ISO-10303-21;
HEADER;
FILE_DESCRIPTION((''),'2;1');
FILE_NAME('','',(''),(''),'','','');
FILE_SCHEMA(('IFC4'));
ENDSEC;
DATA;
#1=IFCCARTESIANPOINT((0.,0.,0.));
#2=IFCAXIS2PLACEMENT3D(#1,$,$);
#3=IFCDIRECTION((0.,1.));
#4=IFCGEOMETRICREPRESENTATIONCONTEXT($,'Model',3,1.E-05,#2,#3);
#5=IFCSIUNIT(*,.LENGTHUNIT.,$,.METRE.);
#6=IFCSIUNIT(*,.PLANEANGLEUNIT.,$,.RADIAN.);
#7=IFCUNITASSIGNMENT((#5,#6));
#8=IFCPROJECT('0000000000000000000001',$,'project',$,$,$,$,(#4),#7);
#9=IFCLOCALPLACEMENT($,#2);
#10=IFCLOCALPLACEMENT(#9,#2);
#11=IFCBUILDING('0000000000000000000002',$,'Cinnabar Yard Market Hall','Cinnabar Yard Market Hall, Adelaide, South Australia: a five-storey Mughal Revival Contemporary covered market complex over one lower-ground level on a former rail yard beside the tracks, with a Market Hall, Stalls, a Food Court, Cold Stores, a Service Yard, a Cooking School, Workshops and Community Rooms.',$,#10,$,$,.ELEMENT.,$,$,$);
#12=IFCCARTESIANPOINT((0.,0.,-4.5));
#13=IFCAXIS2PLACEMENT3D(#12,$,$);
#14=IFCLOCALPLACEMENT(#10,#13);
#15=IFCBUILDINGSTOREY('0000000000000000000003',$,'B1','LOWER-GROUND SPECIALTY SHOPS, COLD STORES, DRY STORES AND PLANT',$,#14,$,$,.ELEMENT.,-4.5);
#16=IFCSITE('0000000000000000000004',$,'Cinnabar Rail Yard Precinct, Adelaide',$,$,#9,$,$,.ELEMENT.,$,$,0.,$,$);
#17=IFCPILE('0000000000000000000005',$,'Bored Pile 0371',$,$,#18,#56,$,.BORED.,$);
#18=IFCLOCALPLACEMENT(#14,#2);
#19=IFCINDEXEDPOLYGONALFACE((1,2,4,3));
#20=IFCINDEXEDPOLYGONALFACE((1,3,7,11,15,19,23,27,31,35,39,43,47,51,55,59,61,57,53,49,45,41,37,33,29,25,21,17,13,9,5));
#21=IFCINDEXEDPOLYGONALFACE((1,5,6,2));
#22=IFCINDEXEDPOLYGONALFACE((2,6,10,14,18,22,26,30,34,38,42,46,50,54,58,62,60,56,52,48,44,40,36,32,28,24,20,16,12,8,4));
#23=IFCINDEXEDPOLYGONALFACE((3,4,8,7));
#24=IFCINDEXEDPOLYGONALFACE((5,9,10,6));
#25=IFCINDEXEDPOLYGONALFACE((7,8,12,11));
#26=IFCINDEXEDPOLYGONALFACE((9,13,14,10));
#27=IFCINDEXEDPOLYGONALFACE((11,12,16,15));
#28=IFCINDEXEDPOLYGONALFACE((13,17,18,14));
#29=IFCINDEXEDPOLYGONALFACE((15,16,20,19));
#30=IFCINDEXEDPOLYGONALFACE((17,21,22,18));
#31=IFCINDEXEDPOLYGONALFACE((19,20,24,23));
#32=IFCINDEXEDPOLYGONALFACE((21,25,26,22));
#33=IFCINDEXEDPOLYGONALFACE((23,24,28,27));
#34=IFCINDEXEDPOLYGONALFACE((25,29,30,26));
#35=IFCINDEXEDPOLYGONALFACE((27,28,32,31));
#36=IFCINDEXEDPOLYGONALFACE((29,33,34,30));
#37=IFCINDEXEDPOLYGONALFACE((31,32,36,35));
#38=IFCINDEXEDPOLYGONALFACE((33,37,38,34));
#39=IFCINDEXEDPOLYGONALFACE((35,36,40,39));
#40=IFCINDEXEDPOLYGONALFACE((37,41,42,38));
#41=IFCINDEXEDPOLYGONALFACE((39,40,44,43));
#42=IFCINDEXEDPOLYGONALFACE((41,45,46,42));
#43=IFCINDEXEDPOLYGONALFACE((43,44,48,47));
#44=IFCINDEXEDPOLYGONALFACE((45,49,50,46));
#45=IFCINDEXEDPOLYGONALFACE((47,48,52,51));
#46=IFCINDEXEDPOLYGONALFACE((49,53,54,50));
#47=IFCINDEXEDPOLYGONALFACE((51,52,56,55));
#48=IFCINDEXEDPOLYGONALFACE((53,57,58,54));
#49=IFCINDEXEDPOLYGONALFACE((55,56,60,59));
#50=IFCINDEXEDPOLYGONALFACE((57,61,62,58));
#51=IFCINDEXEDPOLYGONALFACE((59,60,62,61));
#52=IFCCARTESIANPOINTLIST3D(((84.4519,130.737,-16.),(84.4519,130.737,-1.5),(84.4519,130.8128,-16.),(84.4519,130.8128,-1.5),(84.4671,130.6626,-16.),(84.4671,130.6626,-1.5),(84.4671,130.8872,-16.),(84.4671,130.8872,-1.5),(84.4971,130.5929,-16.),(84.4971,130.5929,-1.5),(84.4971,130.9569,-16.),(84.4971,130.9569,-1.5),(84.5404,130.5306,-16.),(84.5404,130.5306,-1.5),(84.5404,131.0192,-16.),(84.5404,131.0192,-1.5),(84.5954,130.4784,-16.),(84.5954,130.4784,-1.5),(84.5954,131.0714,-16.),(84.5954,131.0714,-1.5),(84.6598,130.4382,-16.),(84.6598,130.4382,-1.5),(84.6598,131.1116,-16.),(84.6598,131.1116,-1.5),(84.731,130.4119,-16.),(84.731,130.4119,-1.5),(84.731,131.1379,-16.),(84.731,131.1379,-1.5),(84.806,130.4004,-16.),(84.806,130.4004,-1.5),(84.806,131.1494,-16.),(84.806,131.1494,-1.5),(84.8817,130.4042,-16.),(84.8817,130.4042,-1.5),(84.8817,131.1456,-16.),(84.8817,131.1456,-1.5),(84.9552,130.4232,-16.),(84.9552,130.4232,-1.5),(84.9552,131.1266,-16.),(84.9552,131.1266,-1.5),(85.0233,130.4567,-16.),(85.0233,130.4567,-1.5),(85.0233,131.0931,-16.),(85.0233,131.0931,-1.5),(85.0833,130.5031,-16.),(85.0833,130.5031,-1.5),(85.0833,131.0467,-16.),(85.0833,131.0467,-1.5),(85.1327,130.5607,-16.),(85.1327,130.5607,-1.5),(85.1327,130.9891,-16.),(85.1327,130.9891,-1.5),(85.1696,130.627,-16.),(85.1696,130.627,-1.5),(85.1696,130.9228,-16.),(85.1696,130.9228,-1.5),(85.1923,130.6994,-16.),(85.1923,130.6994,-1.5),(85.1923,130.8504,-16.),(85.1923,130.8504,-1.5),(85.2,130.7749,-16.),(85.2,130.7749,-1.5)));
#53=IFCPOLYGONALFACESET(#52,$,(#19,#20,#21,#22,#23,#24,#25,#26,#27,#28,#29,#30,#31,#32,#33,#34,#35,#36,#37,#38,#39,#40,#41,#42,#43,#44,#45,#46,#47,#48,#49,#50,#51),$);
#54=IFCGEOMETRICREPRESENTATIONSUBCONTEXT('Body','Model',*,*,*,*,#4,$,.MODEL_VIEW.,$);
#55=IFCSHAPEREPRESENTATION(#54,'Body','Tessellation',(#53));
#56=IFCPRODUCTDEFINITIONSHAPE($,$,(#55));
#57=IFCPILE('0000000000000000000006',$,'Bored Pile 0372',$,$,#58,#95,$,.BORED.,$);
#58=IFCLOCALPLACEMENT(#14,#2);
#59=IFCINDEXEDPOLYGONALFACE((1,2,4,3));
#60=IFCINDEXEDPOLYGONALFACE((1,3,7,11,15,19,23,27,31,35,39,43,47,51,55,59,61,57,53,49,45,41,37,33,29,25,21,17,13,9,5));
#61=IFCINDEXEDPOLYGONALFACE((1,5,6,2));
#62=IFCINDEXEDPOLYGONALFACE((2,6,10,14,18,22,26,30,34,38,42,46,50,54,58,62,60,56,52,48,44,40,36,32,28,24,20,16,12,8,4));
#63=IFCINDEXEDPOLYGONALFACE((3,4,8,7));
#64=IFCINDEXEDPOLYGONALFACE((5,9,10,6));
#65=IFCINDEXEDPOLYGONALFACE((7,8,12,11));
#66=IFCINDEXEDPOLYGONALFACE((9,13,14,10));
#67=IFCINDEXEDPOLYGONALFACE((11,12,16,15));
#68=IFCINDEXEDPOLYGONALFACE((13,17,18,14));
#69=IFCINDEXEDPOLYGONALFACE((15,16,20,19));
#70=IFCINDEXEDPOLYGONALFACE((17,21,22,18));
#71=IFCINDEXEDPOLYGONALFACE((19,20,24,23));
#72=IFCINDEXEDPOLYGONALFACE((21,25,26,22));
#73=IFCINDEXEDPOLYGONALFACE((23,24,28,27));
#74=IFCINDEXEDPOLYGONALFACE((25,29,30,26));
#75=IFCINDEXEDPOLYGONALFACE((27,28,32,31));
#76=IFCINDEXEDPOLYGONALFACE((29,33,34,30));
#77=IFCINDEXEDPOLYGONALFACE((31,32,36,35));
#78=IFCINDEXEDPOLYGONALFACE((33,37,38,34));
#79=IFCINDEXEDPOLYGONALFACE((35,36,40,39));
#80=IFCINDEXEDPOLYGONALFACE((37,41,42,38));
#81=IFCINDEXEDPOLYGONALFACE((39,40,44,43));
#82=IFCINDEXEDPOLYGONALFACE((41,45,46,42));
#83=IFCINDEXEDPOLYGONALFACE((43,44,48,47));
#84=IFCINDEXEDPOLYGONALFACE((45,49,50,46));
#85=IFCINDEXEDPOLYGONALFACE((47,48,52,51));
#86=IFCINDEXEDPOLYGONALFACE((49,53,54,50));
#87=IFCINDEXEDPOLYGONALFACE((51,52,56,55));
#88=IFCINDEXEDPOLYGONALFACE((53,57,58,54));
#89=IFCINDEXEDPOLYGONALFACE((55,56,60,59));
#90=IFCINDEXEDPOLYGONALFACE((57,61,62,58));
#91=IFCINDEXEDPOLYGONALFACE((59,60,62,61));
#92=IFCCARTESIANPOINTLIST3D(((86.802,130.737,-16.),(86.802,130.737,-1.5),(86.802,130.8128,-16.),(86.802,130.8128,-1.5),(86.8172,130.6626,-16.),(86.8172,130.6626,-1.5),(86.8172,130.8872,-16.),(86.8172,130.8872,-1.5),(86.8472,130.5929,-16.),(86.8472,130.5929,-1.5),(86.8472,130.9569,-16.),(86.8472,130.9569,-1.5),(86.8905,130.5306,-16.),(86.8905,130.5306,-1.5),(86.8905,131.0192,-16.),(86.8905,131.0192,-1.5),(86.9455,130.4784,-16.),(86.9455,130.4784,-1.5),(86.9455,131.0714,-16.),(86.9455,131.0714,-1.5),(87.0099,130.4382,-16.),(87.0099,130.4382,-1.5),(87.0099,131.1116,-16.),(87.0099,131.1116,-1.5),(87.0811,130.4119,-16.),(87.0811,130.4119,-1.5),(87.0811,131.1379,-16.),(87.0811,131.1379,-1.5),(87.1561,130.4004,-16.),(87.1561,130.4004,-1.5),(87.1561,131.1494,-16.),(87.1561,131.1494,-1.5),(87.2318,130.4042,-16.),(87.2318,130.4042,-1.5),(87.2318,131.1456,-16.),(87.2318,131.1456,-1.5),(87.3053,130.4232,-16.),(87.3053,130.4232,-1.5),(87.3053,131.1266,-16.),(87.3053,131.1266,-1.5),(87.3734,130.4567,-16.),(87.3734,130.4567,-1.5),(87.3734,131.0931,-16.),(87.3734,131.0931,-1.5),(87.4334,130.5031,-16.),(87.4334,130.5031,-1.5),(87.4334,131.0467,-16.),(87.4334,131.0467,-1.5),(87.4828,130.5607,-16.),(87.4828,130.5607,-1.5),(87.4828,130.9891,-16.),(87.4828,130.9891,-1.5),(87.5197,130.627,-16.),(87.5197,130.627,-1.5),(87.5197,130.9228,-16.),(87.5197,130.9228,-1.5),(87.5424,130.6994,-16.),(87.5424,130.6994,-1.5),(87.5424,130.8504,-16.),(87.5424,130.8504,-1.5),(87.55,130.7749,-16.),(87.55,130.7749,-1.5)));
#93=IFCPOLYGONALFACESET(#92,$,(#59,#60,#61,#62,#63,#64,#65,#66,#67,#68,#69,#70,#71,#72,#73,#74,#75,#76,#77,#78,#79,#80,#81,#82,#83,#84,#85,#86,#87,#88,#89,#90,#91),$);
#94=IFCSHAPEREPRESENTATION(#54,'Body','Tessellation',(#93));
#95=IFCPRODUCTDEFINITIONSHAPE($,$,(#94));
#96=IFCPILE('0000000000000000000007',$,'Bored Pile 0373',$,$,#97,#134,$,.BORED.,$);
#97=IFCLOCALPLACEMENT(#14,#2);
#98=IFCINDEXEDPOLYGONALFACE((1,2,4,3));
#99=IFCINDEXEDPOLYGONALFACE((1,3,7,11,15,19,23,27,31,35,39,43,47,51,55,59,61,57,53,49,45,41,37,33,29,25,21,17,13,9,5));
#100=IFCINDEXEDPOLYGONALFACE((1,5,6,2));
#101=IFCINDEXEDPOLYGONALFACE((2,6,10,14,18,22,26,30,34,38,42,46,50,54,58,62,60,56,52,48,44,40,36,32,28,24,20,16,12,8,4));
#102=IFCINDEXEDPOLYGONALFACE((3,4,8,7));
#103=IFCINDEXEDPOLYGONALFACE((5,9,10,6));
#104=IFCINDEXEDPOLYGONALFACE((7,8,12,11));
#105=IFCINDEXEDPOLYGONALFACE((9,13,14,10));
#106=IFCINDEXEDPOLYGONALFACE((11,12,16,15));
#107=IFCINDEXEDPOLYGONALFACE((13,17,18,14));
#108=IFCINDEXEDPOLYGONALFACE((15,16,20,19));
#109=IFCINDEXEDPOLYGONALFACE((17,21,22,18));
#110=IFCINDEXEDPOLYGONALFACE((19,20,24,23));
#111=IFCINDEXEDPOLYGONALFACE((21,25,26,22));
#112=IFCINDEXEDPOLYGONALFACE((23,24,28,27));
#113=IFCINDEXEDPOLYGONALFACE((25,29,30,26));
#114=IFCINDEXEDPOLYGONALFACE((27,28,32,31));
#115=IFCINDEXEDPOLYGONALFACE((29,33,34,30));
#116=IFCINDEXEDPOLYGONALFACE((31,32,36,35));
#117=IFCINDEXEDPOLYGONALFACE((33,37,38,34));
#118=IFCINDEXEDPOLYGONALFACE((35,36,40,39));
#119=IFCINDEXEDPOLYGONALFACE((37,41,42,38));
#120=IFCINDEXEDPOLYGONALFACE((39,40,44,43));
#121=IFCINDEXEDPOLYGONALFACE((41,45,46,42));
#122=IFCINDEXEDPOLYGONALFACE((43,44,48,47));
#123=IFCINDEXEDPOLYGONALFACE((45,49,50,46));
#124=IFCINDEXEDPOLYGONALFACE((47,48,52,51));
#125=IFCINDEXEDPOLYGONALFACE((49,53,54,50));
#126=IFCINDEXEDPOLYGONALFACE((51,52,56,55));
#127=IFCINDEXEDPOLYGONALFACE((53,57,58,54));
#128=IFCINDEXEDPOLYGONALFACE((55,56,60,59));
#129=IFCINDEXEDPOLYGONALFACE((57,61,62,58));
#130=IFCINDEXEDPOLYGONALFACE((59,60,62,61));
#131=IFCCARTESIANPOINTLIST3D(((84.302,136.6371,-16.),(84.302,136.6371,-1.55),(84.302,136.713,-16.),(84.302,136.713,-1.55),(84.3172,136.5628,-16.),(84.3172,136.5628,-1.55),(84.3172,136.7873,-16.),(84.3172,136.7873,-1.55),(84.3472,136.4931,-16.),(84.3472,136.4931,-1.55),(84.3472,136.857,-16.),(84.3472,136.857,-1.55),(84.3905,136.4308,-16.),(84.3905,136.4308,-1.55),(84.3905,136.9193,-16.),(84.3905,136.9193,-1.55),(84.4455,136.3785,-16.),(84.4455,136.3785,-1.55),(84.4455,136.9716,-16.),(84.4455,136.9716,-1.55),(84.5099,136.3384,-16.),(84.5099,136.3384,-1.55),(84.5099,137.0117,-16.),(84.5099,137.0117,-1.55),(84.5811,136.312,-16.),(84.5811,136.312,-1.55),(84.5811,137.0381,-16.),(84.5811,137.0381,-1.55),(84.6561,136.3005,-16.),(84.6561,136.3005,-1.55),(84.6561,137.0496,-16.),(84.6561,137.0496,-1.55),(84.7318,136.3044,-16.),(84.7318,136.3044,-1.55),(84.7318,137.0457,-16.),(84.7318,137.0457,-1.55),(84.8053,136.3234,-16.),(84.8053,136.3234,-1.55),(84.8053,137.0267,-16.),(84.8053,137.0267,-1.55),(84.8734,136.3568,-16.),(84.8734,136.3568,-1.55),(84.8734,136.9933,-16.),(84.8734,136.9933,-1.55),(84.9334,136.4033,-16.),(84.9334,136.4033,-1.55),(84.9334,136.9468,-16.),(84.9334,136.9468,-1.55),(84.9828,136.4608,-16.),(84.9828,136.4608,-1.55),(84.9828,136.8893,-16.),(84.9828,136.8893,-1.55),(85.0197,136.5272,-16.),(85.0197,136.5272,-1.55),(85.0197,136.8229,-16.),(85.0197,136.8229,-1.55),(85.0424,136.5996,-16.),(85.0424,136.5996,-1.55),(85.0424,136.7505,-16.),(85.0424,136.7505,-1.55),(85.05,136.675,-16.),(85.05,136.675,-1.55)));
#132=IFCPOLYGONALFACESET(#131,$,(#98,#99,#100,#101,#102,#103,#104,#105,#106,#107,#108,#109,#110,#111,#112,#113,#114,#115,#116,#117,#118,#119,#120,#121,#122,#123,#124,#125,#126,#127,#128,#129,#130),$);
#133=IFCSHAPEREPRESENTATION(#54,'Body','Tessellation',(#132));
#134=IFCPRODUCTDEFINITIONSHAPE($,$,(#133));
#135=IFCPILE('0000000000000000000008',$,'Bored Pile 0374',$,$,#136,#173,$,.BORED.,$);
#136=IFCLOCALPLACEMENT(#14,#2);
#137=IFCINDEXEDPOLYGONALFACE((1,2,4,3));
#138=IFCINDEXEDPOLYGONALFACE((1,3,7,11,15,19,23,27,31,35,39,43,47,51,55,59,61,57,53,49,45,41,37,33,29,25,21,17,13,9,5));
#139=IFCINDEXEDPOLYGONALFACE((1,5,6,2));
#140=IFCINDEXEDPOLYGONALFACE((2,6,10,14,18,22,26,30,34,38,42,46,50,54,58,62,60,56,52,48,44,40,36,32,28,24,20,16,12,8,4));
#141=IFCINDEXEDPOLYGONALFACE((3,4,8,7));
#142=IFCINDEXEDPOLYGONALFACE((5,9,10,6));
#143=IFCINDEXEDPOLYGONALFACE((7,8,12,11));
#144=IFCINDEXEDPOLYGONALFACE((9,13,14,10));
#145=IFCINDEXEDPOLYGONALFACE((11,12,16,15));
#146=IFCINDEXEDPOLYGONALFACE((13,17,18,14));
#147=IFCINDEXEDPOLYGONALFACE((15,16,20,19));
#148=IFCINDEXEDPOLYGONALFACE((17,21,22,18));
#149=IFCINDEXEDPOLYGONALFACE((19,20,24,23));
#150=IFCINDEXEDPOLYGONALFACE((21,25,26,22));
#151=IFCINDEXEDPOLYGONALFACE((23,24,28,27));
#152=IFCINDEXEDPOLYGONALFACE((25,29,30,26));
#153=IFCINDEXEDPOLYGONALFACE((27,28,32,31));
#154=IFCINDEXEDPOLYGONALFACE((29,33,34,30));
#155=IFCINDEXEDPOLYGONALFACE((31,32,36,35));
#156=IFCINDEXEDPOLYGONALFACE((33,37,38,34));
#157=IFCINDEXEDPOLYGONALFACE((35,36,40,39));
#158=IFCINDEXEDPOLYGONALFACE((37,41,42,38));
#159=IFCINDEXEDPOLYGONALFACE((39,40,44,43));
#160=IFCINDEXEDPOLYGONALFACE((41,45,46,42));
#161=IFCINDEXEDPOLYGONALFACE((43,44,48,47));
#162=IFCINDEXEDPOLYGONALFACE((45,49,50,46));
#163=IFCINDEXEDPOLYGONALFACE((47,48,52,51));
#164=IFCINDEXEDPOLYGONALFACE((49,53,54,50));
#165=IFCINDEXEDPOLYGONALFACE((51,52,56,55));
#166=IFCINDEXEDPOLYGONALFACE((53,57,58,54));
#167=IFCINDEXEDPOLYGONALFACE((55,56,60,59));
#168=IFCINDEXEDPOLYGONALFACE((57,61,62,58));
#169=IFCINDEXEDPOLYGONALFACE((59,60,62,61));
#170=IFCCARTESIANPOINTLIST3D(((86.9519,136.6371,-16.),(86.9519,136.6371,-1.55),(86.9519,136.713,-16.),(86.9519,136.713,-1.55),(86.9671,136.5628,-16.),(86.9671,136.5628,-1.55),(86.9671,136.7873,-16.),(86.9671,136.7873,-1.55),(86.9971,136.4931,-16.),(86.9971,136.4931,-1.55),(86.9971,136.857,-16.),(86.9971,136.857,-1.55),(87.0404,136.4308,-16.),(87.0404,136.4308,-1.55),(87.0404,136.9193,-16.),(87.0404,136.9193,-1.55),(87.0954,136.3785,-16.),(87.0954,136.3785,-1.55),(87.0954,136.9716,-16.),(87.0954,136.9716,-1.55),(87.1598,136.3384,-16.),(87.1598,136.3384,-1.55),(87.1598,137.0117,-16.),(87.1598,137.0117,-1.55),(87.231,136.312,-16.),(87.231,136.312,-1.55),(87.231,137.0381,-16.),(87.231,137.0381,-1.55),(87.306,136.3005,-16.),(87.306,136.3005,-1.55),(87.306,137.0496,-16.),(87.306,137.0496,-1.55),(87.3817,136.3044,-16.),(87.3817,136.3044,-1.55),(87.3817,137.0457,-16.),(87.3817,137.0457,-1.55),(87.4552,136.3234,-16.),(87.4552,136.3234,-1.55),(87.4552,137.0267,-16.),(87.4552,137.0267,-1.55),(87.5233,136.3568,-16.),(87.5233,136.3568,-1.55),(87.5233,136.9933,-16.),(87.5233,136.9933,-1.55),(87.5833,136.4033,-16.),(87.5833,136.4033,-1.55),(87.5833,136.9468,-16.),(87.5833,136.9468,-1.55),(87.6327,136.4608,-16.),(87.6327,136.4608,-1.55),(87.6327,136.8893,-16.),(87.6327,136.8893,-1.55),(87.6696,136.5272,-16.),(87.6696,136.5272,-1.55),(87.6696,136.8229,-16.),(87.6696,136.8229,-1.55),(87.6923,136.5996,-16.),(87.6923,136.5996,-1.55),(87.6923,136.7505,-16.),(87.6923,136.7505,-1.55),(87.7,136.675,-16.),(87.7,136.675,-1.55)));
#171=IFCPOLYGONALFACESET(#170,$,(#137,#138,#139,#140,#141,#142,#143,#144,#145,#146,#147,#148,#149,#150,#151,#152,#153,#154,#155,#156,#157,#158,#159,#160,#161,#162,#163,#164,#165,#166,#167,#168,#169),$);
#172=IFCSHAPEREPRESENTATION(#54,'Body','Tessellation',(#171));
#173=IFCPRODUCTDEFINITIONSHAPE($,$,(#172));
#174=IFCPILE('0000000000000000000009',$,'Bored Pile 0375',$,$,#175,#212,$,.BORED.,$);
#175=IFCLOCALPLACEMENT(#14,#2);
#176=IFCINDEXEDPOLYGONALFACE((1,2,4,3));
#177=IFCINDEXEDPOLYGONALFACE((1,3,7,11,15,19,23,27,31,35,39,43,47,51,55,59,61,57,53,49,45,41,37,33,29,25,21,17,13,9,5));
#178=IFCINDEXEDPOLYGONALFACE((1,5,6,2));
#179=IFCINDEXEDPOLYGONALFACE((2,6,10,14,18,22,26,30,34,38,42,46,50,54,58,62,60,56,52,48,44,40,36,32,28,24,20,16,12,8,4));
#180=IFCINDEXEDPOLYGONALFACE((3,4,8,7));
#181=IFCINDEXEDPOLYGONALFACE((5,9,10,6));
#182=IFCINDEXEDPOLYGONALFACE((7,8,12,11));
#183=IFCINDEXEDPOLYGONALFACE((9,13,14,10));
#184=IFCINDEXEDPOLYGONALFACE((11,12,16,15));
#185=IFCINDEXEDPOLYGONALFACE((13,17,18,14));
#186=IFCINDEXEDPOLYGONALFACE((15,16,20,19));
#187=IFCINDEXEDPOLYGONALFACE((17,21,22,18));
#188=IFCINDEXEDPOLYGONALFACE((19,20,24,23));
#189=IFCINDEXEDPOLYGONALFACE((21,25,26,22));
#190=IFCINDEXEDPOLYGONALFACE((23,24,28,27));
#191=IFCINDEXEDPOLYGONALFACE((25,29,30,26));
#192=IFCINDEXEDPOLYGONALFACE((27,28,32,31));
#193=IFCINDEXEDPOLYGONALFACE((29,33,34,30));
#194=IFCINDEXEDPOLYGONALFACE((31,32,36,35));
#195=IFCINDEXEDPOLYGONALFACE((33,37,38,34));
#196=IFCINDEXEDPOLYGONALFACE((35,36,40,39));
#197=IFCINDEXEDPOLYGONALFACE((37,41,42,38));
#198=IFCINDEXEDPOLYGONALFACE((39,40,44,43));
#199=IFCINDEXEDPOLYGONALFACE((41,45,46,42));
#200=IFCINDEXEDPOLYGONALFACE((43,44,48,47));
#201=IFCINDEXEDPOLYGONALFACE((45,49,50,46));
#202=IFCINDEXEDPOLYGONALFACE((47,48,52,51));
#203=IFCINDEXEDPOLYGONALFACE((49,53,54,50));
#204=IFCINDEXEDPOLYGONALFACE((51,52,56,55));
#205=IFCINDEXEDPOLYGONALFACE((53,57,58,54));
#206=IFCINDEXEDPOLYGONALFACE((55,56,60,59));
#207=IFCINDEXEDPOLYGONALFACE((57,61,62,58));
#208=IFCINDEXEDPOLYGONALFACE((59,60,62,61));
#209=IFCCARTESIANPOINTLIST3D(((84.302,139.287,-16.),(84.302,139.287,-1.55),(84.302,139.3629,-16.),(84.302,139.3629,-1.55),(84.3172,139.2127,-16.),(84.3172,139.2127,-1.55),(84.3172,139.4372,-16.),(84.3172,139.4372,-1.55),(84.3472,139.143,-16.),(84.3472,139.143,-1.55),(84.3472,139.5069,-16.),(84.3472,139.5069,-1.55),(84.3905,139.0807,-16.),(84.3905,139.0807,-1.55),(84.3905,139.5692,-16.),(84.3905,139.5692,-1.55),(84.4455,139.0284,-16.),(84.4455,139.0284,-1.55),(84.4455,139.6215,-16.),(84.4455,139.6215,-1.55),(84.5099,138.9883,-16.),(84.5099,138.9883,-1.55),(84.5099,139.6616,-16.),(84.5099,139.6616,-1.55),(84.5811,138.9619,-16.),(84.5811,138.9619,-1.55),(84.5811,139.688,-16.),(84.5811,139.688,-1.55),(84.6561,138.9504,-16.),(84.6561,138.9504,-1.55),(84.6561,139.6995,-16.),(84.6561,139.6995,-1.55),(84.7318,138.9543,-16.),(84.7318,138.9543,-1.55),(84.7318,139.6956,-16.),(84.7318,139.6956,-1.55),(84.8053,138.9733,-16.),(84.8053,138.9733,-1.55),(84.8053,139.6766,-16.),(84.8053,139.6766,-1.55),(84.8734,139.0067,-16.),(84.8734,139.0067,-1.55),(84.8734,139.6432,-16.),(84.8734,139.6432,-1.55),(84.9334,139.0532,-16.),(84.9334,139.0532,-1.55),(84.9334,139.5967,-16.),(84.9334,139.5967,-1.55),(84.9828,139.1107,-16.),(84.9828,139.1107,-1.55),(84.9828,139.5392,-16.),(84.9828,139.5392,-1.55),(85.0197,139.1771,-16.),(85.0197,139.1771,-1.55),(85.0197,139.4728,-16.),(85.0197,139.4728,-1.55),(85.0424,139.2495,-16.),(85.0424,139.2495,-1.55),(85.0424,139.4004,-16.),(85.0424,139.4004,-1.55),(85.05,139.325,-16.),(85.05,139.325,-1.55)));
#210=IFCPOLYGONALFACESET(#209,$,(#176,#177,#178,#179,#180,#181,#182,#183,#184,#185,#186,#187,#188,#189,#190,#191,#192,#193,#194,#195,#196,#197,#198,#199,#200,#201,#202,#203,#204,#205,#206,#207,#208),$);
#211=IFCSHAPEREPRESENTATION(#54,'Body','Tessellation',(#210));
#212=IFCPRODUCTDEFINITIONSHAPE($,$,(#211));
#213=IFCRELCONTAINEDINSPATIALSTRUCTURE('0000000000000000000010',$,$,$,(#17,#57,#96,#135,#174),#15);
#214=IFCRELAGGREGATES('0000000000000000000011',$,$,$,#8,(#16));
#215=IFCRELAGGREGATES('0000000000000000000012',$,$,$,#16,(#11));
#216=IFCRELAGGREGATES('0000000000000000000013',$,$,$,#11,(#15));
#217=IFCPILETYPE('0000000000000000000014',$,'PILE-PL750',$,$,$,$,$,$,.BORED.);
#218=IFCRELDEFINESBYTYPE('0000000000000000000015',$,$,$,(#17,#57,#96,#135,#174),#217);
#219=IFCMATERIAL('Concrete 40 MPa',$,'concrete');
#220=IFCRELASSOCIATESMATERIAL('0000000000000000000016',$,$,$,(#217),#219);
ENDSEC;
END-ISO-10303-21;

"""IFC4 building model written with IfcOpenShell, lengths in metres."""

from ifc_helpers import new_model, si_unit, direction, frame, origin, origin_2d_with_axis, place, context, subcontext, project, spatial, circle, extrude, material, material_profile, profile_set, type_object, element, save


model = new_model("IFC4")

# Units and contexts
model_context = context("Model", 3, precision=1e-05, world=origin(), true_north=direction((0.0, 1.0)))
body_context = subcontext(model_context, "Body", "Model", "MODEL_VIEW")
ifc_project = project(units=[si_unit("LENGTHUNIT", "METRE"), si_unit("PLANEANGLEUNIT", "RADIAN")], contexts=[model_context])

# Site, building, storey
site_placement = place(None, origin())
site = spatial("IfcSite", under=ifc_project, at=site_placement, Name="Cinnabar Rail Yard Precinct, Adelaide", CompositionType="ELEMENT", RefElevation=0.0)
building_placement = place(site_placement, origin())
building = spatial("IfcBuilding", under=site, at=building_placement, Name="Cinnabar Yard Market Hall", Description="Cinnabar Yard Market Hall, Adelaide, South Australia: a five-storey Mughal Revival Contemporary covered market complex over one lower-ground level on a former rail yard beside the tracks, with a Market Hall, Stalls, a Food Court, Cold Stores, a Service Yard, a Cooking School, Workshops and Community Rooms.", CompositionType="ELEMENT")
storey_placement = place(building_placement, frame((0.0, 0.0, -4.5)))
storey = spatial("IfcBuildingStorey", under=building, at=storey_placement, Name="B1", Description="LOWER-GROUND SPECIALTY SHOPS, COLD STORES, DRY STORES AND PLANT", CompositionType="ELEMENT", Elevation=-4.5)

# Shared definitions
ifc_material_1 = material(Name="Concrete 40 MPa", Category="concrete")

# Piles
ifc_material_profile_1 = material_profile(ifc_material_1, circle(Radius=0.375, at=origin_2d_with_axis()), Name="PILE-D750")
ifc_profile_set_1 = profile_set([ifc_material_profile_1], Name="Concrete 40 MPa")
pile_type_1 = type_object("IfcPileType", Name="PILE-PL750", PredefinedType="BORED", material=ifc_profile_set_1)
for number, where, z_axis, x_axis, name in (
    (1, (84.825, 130.7749, -1.5), (0.0, 0.0, -1.0), (1.0, 0.0, 0.0), "Bored Pile 0371"),
    (2, (87.175, 130.7749, -1.5), (0.0, 0.0, -1.0), (1.0, 0.0, 0.0), "Bored Pile 0372"),
):
    element("IfcPile", number, at=place(storey_placement, frame(where, z_axis=z_axis, x_axis=x_axis)), inside=storey, type_object=pile_type_1, Name=name, PredefinedType="BORED", context=body_context, shape_type="SweptSolid", body=[
        extrude(circle(Radius=0.375, at=origin_2d_with_axis()), origin(), (0.0, 0.0, 1.0), 14.5),
    ])
for number, where, z_axis, x_axis, name in (
    (3, (84.675, 136.675, -1.55), (0.0, 0.0, -1.0), (1.0, 0.0, 0.0), "Bored Pile 0373"),
    (4, (87.325, 136.675, -1.55), (0.0, 0.0, -1.0), (1.0, 0.0, 0.0), "Bored Pile 0374"),
    (5, (84.675, 139.325, -1.55), (0.0, 0.0, -1.0), (1.0, 0.0, 0.0), "Bored Pile 0375"),
):
    element("IfcPile", number, at=place(storey_placement, frame(where, z_axis=z_axis, x_axis=x_axis)), inside=storey, type_object=pile_type_1, Name=name, PredefinedType="BORED", context=body_context, shape_type="SweptSolid", body=[
        extrude(circle(Radius=0.375, at=origin_2d_with_axis()), origin(), (0.0, 0.0, 1.0), 14.45),
    ])

save(model, "model.ifc")
